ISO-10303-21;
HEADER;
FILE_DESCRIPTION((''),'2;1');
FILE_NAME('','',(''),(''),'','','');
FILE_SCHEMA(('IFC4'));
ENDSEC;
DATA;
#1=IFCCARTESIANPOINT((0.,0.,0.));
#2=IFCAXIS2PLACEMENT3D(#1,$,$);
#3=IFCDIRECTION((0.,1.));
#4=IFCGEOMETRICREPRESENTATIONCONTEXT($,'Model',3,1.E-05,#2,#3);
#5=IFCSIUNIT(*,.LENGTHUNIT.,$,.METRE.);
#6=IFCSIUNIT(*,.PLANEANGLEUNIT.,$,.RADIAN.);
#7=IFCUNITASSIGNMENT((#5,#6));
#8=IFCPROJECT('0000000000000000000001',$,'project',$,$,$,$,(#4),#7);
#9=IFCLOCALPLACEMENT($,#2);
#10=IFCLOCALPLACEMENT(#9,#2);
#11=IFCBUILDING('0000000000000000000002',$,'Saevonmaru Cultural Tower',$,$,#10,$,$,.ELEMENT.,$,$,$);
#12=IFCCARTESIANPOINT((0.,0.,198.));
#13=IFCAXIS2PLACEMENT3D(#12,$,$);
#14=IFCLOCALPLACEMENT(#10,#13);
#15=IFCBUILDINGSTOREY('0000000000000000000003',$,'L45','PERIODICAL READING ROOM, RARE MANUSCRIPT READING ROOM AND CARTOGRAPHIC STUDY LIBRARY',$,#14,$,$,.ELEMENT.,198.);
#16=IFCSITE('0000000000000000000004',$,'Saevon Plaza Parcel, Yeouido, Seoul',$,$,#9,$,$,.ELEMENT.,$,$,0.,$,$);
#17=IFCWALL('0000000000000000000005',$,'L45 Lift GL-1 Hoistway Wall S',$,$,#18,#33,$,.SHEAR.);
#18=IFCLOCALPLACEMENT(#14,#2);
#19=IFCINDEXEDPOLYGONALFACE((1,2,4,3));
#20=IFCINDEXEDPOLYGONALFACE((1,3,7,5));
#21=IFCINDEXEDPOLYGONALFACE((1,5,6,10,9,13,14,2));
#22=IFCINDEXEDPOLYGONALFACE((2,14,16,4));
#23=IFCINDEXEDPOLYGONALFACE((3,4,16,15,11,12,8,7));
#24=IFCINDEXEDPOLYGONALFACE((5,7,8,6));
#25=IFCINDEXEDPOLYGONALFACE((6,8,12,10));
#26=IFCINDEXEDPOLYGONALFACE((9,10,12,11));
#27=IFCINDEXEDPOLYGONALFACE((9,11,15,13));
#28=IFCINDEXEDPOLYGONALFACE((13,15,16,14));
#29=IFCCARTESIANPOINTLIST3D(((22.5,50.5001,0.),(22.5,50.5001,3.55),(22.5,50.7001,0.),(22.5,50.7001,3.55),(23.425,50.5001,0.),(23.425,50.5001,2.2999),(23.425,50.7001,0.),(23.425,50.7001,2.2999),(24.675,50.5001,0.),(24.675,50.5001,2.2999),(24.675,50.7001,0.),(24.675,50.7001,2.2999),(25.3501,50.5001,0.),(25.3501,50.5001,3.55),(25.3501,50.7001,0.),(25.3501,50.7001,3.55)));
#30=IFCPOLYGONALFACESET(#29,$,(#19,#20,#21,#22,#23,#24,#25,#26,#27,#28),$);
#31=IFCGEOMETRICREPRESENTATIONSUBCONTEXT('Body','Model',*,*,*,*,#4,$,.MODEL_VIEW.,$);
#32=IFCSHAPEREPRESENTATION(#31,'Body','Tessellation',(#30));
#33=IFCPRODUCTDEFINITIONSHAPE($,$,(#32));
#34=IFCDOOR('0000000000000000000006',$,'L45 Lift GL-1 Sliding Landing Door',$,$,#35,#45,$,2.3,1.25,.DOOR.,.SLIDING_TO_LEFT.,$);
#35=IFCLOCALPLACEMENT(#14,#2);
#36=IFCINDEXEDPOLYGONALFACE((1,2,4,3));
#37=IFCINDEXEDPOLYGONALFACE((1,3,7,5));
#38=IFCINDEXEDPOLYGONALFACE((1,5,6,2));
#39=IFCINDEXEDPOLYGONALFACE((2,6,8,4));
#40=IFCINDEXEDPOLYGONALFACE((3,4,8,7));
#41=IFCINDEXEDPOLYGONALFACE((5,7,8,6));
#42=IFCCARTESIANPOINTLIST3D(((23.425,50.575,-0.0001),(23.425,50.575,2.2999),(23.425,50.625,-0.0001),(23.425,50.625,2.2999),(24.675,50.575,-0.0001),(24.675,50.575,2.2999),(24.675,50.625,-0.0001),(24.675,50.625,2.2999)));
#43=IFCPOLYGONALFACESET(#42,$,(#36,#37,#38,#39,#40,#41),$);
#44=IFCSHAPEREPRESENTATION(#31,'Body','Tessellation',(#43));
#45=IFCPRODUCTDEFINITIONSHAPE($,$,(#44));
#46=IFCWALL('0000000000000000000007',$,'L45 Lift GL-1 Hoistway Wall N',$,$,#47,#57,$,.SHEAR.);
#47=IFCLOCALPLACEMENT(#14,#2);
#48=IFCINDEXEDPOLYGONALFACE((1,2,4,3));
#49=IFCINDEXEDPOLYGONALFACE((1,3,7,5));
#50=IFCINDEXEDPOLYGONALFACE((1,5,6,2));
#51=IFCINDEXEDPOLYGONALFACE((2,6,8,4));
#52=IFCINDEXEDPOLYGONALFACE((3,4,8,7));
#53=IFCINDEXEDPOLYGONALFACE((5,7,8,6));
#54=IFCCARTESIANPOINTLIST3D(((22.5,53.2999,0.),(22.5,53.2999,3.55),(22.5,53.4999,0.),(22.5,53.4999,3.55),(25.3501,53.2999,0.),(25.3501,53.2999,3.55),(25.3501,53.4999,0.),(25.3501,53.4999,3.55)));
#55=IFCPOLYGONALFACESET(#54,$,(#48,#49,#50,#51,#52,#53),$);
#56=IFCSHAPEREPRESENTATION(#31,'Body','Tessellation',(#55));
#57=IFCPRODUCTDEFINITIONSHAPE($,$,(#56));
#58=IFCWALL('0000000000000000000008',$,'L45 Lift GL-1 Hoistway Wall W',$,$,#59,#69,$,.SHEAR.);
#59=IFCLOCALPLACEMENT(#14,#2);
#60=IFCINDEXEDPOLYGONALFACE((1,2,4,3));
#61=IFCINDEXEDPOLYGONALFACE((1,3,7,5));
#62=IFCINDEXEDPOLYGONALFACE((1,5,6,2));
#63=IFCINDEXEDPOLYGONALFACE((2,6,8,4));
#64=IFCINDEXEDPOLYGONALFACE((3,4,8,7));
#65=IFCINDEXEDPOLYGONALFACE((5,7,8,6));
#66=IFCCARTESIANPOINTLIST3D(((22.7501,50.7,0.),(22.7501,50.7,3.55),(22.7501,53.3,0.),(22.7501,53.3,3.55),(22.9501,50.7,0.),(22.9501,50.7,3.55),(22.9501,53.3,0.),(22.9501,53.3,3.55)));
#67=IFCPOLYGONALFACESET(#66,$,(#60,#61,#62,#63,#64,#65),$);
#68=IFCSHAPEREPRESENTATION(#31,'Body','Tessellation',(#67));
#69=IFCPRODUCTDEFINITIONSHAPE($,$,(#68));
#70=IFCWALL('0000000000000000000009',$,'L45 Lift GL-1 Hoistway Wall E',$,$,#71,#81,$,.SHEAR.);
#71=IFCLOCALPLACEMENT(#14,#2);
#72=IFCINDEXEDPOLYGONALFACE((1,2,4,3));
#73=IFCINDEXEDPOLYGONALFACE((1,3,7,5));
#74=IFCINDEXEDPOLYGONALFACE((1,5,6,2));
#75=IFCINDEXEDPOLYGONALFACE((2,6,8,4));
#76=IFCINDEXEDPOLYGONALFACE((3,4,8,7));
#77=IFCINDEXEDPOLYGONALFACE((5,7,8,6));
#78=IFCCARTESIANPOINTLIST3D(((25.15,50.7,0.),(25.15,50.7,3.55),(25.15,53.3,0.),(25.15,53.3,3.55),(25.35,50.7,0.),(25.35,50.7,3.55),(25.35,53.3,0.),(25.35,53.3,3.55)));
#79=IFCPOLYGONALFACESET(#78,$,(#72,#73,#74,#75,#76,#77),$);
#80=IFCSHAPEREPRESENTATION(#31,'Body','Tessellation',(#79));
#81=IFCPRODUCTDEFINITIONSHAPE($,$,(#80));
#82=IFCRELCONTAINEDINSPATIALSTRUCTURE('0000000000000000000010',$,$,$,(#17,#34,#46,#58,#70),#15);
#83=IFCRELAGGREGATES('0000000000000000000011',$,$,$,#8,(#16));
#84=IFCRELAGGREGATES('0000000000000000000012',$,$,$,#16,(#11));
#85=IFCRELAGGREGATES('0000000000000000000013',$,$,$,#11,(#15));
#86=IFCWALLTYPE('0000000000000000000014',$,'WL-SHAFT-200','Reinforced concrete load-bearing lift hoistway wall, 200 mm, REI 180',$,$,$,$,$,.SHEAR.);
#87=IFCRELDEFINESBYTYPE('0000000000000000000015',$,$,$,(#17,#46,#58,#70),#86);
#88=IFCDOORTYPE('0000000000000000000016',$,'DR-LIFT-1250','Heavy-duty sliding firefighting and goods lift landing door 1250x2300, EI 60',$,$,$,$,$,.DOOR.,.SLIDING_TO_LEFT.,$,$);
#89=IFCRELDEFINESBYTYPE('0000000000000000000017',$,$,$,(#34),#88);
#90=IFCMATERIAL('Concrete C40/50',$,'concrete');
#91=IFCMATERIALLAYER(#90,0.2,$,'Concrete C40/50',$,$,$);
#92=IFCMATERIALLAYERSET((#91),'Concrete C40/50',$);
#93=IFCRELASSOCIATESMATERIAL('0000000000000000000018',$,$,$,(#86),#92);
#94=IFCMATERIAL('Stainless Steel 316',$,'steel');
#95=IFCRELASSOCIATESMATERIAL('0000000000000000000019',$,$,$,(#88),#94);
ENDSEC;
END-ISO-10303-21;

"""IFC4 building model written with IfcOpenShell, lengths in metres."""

from ifc_helpers import new_model, si_unit, direction, frame, frame_2d, origin, place, context, subcontext, project, spatial, rectangle, extrude, material, layer, layer_set, type_object, element, fill, save


model = new_model("IFC4")

# Units and contexts
model_context = context("Model", 3, precision=1e-05, world=origin(), true_north=direction((0.0, 1.0)))
body_context = subcontext(model_context, "Body", "Model", "MODEL_VIEW")
ifc_project = project(units=[si_unit("LENGTHUNIT", "METRE"), si_unit("PLANEANGLEUNIT", "RADIAN")], contexts=[model_context])

# Site, building, storey
site_placement = place(None, origin())
site = spatial("IfcSite", under=ifc_project, at=site_placement, Name="Saevon Plaza Parcel, Yeouido, Seoul", CompositionType="ELEMENT", RefElevation=0.0)
building_placement = place(site_placement, origin())
building = spatial("IfcBuilding", under=site, at=building_placement, Name="Saevonmaru Cultural Tower", CompositionType="ELEMENT")
storey_placement = place(building_placement, frame((0.0, 0.0, 198.0)))
storey = spatial("IfcBuildingStorey", under=building, at=storey_placement, Name="L45", Description="PERIODICAL READING ROOM, RARE MANUSCRIPT READING ROOM AND CARTOGRAPHIC STUDY LIBRARY", CompositionType="ELEMENT", Elevation=198.0)

# Shared definitions
ifc_material_1 = material(Name="Concrete C40/50", Category="concrete")
ifc_layer_1 = layer(ifc_material_1, 0.2, Name="Concrete C40/50")
ifc_layer_set_1 = layer_set([ifc_layer_1], Name="Concrete C40/50")
wall_type_1 = type_object("IfcWallType", Name="WL-SHAFT-200", Description="Reinforced concrete load-bearing lift hoistway wall, 200 mm, REI 180", PredefinedType="SHEAR", material=ifc_layer_set_1)

# Wall, opening, door
wall_1_placement = place(storey_placement, frame((22.5, 50.6001, 0.0), z_axis=(0.0, 0.0, 1.0), x_axis=(1.0, 0.0, 0.0)))
wall_1 = element("IfcWall", 1, at=wall_1_placement, inside=storey, type_object=wall_type_1, Name="L45 Lift GL-1 Hoistway Wall S", PredefinedType="SHEAR", context=body_context, shape_type="SweptSolid", body=[
    extrude(rectangle(XDim=2.8501, YDim=0.2, at=frame_2d((1.425, 0.0))), origin(), (0.0, 0.0, 1.0), 3.55),
])
opening_placement = place(wall_1_placement, frame((0.925, 0.0, 0.0)))
opening = element("IfcOpeningElement", 2, at=opening_placement, cuts=wall_1, PredefinedType="OPENING", context=body_context, shape_type="SweptSolid", body=[
    extrude(rectangle(XDim=1.25, YDim=2.3, at=frame_2d((0.625, 1.1499))), frame((0.0, 0.1099, 0.0), z_axis=(0.0, -1.0, 0.0), x_axis=(1.0, 0.0, 0.0)), (0.0, 0.0, 1.0), 0.22),
])
ifc_material_2 = material(Name="Stainless Steel 316", Category="steel")
door_type = type_object("IfcDoorType", Name="DR-LIFT-1250", Description="Heavy-duty sliding firefighting and goods lift landing door 1250x2300, EI 60", OperationType="SLIDING_TO_LEFT", PredefinedType="DOOR", material=ifc_material_2)
door_placement = place(opening_placement, origin())
door = element("IfcDoor", 3, at=door_placement, inside=storey, type_object=door_type, Name="L45 Lift GL-1 Sliding Landing Door", OperationType="SLIDING_TO_LEFT", OverallHeight=2.3, OverallWidth=1.25, PredefinedType="DOOR", context=body_context, shape_type="SweptSolid", body=[
    extrude(rectangle(XDim=1.25, YDim=2.3, at=frame_2d((0.625, 1.1499))), frame((0.0, 0.0249, 0.0), z_axis=(0.0, -1.0, 0.0), x_axis=(1.0, 0.0, 0.0)), (0.0, 0.0, 1.0), 0.05),
])
fill(opening, door)

# Walls
wall_2_placement = place(storey_placement, frame((22.5, 53.3999, 0.0), z_axis=(0.0, 0.0, 1.0), x_axis=(1.0, 0.0, 0.0)))
element("IfcWall", 4, at=wall_2_placement, inside=storey, type_object=wall_type_1, Name="L45 Lift GL-1 Hoistway Wall N", PredefinedType="SHEAR", context=body_context, shape_type="SweptSolid", body=[
    extrude(rectangle(XDim=2.8501, YDim=0.2, at=frame_2d((1.425, 0.0))), origin(), (0.0, 0.0, 1.0), 3.55),
])
for number, where, z_axis, x_axis, name in (
    (5, (22.8501, 50.7, 0.0), (0.0, 0.0, 1.0), (0.0, 1.0, 0.0), "L45 Lift GL-1 Hoistway Wall W"),
    (6, (25.25, 50.7, 0.0), (0.0, 0.0, 1.0), (0.0, 1.0, 0.0), "L45 Lift GL-1 Hoistway Wall E"),
):
    element("IfcWall", number, at=place(storey_placement, frame(where, z_axis=z_axis, x_axis=x_axis)), inside=storey, type_object=wall_type_1, Name=name, PredefinedType="SHEAR", context=body_context, shape_type="SweptSolid", body=[
        extrude(rectangle(XDim=2.6001, YDim=0.2, at=frame_2d((1.3, 0.0))), origin(), (0.0, 0.0, 1.0), 3.55),
    ])

save(model, "model.ifc")
